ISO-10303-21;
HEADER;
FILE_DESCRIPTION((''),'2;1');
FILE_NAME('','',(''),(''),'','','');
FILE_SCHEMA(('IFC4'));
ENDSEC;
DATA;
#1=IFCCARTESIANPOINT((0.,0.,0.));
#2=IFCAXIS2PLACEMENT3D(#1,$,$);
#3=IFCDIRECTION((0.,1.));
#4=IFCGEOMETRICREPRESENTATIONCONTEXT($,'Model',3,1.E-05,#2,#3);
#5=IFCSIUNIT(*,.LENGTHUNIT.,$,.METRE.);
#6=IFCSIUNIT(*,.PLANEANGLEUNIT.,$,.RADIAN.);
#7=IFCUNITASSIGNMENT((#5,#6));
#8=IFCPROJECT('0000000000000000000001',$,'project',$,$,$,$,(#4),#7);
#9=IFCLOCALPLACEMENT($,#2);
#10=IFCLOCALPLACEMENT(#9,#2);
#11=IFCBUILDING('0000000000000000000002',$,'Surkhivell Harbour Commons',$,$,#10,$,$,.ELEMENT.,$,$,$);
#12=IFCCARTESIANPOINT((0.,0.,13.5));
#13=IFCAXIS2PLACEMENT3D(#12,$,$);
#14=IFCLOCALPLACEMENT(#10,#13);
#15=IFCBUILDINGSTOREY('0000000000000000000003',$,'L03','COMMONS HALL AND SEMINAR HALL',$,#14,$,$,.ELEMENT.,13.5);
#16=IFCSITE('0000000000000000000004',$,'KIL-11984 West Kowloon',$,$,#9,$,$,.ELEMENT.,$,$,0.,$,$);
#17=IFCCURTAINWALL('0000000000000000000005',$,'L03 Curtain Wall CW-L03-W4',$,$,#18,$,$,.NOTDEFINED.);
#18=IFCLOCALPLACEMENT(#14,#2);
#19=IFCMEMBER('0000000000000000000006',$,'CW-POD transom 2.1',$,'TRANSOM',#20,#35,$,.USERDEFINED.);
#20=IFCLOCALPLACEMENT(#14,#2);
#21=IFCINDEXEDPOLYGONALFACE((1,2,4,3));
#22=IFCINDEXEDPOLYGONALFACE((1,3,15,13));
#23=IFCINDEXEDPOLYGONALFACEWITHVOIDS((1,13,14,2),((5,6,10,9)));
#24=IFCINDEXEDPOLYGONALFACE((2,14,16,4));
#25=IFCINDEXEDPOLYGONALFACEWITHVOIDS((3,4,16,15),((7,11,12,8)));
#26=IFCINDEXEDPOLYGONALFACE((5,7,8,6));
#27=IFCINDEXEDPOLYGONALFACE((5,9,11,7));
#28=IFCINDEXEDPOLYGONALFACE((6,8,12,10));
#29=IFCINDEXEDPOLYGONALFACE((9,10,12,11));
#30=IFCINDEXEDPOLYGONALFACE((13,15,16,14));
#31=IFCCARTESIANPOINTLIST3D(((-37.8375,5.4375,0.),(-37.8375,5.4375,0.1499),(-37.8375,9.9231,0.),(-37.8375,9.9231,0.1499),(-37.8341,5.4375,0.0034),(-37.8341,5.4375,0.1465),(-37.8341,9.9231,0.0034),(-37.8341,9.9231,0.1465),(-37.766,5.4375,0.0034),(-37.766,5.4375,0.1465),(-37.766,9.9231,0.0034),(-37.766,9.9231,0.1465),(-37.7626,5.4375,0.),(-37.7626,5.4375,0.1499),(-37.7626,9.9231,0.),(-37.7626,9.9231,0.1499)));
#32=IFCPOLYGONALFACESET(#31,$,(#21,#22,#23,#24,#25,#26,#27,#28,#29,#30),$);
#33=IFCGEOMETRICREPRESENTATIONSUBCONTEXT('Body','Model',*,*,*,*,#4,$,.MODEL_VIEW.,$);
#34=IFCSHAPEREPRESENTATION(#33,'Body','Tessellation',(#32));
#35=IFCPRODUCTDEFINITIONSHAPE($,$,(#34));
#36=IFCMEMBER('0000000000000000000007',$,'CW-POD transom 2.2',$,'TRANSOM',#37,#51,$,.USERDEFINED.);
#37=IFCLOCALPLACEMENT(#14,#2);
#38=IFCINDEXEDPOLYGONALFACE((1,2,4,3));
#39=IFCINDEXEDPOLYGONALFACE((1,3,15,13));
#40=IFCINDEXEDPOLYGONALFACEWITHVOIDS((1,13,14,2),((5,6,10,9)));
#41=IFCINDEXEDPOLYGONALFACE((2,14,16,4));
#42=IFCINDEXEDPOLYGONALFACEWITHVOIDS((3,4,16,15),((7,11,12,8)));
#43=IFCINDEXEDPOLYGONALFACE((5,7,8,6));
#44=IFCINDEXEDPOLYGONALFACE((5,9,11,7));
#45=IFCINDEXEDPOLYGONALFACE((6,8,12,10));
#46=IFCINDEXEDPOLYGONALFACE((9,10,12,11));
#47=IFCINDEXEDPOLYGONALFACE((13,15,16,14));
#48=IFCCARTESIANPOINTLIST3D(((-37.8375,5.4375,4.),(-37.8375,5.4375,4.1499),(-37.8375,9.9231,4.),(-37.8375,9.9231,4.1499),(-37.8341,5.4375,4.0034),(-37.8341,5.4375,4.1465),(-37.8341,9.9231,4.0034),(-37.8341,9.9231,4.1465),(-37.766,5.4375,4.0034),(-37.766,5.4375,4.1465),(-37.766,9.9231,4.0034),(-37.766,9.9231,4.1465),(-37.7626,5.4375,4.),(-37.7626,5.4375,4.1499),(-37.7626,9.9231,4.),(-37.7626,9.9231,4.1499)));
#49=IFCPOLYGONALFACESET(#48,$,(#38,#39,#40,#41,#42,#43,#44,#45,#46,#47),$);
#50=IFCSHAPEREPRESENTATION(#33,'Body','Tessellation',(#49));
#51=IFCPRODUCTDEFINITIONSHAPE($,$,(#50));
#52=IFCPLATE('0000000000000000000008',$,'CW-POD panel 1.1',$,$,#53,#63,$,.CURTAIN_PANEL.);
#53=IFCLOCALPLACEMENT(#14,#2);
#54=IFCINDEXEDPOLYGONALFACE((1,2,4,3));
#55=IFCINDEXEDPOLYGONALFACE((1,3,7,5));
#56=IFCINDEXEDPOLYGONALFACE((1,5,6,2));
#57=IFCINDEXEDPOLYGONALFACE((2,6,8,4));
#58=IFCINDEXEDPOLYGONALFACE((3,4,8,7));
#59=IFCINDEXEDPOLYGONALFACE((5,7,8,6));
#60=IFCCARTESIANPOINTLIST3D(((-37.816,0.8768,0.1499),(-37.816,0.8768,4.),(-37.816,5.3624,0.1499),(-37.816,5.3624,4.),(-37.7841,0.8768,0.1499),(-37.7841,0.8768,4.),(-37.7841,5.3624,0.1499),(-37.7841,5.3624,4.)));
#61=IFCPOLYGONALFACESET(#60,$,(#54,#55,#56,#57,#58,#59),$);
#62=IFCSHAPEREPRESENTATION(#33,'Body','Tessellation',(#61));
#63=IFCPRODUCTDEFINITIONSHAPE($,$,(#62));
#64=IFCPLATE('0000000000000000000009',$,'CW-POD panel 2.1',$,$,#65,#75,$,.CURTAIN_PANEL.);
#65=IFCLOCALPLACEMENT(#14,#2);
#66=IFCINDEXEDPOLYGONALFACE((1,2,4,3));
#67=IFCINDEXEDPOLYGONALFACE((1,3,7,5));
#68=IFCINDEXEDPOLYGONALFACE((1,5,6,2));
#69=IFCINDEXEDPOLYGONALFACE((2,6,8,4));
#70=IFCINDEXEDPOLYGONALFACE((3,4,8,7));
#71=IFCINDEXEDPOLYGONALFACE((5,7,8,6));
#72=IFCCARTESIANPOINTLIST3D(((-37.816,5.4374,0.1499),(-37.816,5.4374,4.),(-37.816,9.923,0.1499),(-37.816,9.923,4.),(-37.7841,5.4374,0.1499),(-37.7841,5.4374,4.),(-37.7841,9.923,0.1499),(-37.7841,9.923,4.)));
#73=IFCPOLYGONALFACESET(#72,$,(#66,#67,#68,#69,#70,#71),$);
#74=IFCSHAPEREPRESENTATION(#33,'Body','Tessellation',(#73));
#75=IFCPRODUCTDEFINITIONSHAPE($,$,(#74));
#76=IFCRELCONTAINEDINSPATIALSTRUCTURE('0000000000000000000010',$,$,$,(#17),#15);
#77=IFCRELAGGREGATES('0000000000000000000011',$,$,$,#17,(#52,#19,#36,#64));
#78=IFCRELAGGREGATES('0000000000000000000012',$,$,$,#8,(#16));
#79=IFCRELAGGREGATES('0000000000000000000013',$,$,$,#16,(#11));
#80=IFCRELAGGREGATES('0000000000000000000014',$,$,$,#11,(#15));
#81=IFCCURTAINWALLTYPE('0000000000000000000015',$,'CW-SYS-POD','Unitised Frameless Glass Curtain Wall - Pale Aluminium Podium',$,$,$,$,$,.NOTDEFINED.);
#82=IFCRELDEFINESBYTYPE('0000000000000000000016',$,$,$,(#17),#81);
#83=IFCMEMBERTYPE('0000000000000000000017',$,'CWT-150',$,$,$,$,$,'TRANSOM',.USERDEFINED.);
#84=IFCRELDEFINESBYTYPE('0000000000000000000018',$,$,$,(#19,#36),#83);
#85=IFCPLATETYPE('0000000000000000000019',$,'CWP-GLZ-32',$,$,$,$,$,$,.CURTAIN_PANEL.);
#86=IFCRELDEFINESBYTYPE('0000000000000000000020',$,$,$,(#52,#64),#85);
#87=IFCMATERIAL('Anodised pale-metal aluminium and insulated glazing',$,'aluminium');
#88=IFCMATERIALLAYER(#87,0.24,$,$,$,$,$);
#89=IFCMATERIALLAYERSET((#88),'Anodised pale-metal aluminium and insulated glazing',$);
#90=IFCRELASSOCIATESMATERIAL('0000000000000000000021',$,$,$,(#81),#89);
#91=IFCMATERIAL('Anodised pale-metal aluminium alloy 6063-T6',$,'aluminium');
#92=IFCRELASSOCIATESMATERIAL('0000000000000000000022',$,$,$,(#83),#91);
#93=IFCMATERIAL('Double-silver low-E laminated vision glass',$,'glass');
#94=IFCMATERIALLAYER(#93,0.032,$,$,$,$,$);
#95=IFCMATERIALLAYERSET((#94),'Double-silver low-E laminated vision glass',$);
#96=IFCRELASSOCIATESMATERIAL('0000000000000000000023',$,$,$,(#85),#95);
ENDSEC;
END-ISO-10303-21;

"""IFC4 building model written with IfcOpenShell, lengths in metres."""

from ifc_helpers import new_model, si_unit, direction, frame, frame_2d, origin, origin_2d, place, context, subcontext, project, spatial, rectangle, hollow_rectangle, extrude, material, layer, layer_set, material_profile, profile_set, type_object, element, aggregate, save


model = new_model("IFC4")

# Units and contexts
model_context = context("Model", 3, precision=1e-05, world=origin(), true_north=direction((0.0, 1.0)))
body_context = subcontext(model_context, "Body", "Model", "MODEL_VIEW")
ifc_project = project(units=[si_unit("LENGTHUNIT", "METRE"), si_unit("PLANEANGLEUNIT", "RADIAN")], contexts=[model_context])

# Site, building, storey
site_placement = place(None, origin())
site = spatial("IfcSite", under=ifc_project, at=site_placement, Name="KIL-11984 West Kowloon", CompositionType="ELEMENT", RefElevation=0.0)
building_placement = place(site_placement, origin())
building = spatial("IfcBuilding", under=site, at=building_placement, Name="Surkhivell Harbour Commons", CompositionType="ELEMENT")
storey_placement = place(building_placement, frame((0.0, 0.0, 13.5)))
storey = spatial("IfcBuildingStorey", under=building, at=storey_placement, Name="L03", Description="COMMONS HALL AND SEMINAR HALL", CompositionType="ELEMENT", Elevation=13.5)

# Shared definitions
ifc_material_1 = material(Name="Anodised pale-metal aluminium and insulated glazing", Category="aluminium")
ifc_layer_1 = layer(ifc_material_1, 0.24)
ifc_layer_set_1 = layer_set([ifc_layer_1], Name="Anodised pale-metal aluminium and insulated glazing")
curtain_wall_type = type_object("IfcCurtainWallType", Name="CW-SYS-POD", Description="Unitised Frameless Glass Curtain Wall - Pale Aluminium Podium", PredefinedType="NOTDEFINED", material=ifc_layer_set_1)
ifc_material_2 = material(Name="Anodised pale-metal aluminium alloy 6063-T6", Category="aluminium")

# Curtain wall, members, plates
curtain_wall_1_placement = place(storey_placement, origin())
curtain_wall_1 = element("IfcCurtainWall", 1, at=curtain_wall_1_placement, inside=storey, type_object=curtain_wall_type, Name="L03 Curtain Wall CW-L03-W4", PredefinedType="NOTDEFINED")
ifc_material_profile_1 = material_profile(ifc_material_2, hollow_rectangle(XDim=0.075, YDim=0.1499, WallThickness=0.0034, at=origin_2d()), Name="ALU-TRAN-75x150")
ifc_profile_set_1 = profile_set([ifc_material_profile_1], Name="Anodised pale-metal aluminium alloy 6063-T6")
member_type_1 = type_object("IfcMemberType", Name="CWT-150", ElementType="TRANSOM", PredefinedType="USERDEFINED", material=ifc_profile_set_1)
member_1_placement = place(storey_placement, frame((-37.8, 5.4375, 0.075), z_axis=(0.0, 1.0, 0.0), x_axis=(-1.0, 0.0, 0.0)))
member_1 = element("IfcMember", 2, at=member_1_placement, type_object=member_type_1, Name="CW-POD transom 2.1", ObjectType="TRANSOM", PredefinedType="USERDEFINED", context=body_context, shape_type="SweptSolid", body=[
    extrude(hollow_rectangle(XDim=0.075, YDim=0.1499, WallThickness=0.0034, at=origin_2d()), origin(), (0.0, 0.0, 1.0), 4.4856),
])
member_2_placement = place(storey_placement, frame((-37.8, 5.4375, 4.075), z_axis=(0.0, 1.0, 0.0), x_axis=(-1.0, 0.0, 0.0)))
member_2 = element("IfcMember", 3, at=member_2_placement, type_object=member_type_1, Name="CW-POD transom 2.2", ObjectType="TRANSOM", PredefinedType="USERDEFINED", context=body_context, shape_type="SweptSolid", body=[
    extrude(hollow_rectangle(XDim=0.075, YDim=0.1499, WallThickness=0.0034, at=origin_2d()), origin(), (0.0, 0.0, 1.0), 4.4856),
])
ifc_material_3 = material(Name="Double-silver low-E laminated vision glass", Category="glass")
ifc_layer_2 = layer(ifc_material_3, 0.032)
ifc_layer_set_2 = layer_set([ifc_layer_2], Name="Double-silver low-E laminated vision glass")
plate_type = type_object("IfcPlateType", Name="CWP-GLZ-32", PredefinedType="CURTAIN_PANEL", material=ifc_layer_set_2)
plate_1_placement = place(storey_placement, frame((-37.8, 0.877, 0.1499), z_axis=(0.0, 0.0, 1.0), x_axis=(0.0, 1.0, 0.0)))
plate_1 = element("IfcPlate", 4, at=plate_1_placement, type_object=plate_type, Name="CW-POD panel 1.1", PredefinedType="CURTAIN_PANEL", context=body_context, shape_type="SweptSolid", body=[
    extrude(rectangle(XDim=4.4856, YDim=0.032, at=frame_2d((2.2427, 0.0))), origin(), (0.0, 0.0, 1.0), 3.8501),
])
plate_2_placement = place(storey_placement, frame((-37.8, 5.4375, 0.1499), z_axis=(0.0, 0.0, 1.0), x_axis=(0.0, 1.0, 0.0)))
plate_2 = element("IfcPlate", 5, at=plate_2_placement, type_object=plate_type, Name="CW-POD panel 2.1", PredefinedType="CURTAIN_PANEL", context=body_context, shape_type="SweptSolid", body=[
    extrude(rectangle(XDim=4.4856, YDim=0.032, at=frame_2d((2.2427, 0.0))), origin(), (0.0, 0.0, 1.0), 3.8501),
])
aggregate(curtain_wall_1, [plate_1, member_1, member_2, plate_2])

save(model, "model.ifc")
